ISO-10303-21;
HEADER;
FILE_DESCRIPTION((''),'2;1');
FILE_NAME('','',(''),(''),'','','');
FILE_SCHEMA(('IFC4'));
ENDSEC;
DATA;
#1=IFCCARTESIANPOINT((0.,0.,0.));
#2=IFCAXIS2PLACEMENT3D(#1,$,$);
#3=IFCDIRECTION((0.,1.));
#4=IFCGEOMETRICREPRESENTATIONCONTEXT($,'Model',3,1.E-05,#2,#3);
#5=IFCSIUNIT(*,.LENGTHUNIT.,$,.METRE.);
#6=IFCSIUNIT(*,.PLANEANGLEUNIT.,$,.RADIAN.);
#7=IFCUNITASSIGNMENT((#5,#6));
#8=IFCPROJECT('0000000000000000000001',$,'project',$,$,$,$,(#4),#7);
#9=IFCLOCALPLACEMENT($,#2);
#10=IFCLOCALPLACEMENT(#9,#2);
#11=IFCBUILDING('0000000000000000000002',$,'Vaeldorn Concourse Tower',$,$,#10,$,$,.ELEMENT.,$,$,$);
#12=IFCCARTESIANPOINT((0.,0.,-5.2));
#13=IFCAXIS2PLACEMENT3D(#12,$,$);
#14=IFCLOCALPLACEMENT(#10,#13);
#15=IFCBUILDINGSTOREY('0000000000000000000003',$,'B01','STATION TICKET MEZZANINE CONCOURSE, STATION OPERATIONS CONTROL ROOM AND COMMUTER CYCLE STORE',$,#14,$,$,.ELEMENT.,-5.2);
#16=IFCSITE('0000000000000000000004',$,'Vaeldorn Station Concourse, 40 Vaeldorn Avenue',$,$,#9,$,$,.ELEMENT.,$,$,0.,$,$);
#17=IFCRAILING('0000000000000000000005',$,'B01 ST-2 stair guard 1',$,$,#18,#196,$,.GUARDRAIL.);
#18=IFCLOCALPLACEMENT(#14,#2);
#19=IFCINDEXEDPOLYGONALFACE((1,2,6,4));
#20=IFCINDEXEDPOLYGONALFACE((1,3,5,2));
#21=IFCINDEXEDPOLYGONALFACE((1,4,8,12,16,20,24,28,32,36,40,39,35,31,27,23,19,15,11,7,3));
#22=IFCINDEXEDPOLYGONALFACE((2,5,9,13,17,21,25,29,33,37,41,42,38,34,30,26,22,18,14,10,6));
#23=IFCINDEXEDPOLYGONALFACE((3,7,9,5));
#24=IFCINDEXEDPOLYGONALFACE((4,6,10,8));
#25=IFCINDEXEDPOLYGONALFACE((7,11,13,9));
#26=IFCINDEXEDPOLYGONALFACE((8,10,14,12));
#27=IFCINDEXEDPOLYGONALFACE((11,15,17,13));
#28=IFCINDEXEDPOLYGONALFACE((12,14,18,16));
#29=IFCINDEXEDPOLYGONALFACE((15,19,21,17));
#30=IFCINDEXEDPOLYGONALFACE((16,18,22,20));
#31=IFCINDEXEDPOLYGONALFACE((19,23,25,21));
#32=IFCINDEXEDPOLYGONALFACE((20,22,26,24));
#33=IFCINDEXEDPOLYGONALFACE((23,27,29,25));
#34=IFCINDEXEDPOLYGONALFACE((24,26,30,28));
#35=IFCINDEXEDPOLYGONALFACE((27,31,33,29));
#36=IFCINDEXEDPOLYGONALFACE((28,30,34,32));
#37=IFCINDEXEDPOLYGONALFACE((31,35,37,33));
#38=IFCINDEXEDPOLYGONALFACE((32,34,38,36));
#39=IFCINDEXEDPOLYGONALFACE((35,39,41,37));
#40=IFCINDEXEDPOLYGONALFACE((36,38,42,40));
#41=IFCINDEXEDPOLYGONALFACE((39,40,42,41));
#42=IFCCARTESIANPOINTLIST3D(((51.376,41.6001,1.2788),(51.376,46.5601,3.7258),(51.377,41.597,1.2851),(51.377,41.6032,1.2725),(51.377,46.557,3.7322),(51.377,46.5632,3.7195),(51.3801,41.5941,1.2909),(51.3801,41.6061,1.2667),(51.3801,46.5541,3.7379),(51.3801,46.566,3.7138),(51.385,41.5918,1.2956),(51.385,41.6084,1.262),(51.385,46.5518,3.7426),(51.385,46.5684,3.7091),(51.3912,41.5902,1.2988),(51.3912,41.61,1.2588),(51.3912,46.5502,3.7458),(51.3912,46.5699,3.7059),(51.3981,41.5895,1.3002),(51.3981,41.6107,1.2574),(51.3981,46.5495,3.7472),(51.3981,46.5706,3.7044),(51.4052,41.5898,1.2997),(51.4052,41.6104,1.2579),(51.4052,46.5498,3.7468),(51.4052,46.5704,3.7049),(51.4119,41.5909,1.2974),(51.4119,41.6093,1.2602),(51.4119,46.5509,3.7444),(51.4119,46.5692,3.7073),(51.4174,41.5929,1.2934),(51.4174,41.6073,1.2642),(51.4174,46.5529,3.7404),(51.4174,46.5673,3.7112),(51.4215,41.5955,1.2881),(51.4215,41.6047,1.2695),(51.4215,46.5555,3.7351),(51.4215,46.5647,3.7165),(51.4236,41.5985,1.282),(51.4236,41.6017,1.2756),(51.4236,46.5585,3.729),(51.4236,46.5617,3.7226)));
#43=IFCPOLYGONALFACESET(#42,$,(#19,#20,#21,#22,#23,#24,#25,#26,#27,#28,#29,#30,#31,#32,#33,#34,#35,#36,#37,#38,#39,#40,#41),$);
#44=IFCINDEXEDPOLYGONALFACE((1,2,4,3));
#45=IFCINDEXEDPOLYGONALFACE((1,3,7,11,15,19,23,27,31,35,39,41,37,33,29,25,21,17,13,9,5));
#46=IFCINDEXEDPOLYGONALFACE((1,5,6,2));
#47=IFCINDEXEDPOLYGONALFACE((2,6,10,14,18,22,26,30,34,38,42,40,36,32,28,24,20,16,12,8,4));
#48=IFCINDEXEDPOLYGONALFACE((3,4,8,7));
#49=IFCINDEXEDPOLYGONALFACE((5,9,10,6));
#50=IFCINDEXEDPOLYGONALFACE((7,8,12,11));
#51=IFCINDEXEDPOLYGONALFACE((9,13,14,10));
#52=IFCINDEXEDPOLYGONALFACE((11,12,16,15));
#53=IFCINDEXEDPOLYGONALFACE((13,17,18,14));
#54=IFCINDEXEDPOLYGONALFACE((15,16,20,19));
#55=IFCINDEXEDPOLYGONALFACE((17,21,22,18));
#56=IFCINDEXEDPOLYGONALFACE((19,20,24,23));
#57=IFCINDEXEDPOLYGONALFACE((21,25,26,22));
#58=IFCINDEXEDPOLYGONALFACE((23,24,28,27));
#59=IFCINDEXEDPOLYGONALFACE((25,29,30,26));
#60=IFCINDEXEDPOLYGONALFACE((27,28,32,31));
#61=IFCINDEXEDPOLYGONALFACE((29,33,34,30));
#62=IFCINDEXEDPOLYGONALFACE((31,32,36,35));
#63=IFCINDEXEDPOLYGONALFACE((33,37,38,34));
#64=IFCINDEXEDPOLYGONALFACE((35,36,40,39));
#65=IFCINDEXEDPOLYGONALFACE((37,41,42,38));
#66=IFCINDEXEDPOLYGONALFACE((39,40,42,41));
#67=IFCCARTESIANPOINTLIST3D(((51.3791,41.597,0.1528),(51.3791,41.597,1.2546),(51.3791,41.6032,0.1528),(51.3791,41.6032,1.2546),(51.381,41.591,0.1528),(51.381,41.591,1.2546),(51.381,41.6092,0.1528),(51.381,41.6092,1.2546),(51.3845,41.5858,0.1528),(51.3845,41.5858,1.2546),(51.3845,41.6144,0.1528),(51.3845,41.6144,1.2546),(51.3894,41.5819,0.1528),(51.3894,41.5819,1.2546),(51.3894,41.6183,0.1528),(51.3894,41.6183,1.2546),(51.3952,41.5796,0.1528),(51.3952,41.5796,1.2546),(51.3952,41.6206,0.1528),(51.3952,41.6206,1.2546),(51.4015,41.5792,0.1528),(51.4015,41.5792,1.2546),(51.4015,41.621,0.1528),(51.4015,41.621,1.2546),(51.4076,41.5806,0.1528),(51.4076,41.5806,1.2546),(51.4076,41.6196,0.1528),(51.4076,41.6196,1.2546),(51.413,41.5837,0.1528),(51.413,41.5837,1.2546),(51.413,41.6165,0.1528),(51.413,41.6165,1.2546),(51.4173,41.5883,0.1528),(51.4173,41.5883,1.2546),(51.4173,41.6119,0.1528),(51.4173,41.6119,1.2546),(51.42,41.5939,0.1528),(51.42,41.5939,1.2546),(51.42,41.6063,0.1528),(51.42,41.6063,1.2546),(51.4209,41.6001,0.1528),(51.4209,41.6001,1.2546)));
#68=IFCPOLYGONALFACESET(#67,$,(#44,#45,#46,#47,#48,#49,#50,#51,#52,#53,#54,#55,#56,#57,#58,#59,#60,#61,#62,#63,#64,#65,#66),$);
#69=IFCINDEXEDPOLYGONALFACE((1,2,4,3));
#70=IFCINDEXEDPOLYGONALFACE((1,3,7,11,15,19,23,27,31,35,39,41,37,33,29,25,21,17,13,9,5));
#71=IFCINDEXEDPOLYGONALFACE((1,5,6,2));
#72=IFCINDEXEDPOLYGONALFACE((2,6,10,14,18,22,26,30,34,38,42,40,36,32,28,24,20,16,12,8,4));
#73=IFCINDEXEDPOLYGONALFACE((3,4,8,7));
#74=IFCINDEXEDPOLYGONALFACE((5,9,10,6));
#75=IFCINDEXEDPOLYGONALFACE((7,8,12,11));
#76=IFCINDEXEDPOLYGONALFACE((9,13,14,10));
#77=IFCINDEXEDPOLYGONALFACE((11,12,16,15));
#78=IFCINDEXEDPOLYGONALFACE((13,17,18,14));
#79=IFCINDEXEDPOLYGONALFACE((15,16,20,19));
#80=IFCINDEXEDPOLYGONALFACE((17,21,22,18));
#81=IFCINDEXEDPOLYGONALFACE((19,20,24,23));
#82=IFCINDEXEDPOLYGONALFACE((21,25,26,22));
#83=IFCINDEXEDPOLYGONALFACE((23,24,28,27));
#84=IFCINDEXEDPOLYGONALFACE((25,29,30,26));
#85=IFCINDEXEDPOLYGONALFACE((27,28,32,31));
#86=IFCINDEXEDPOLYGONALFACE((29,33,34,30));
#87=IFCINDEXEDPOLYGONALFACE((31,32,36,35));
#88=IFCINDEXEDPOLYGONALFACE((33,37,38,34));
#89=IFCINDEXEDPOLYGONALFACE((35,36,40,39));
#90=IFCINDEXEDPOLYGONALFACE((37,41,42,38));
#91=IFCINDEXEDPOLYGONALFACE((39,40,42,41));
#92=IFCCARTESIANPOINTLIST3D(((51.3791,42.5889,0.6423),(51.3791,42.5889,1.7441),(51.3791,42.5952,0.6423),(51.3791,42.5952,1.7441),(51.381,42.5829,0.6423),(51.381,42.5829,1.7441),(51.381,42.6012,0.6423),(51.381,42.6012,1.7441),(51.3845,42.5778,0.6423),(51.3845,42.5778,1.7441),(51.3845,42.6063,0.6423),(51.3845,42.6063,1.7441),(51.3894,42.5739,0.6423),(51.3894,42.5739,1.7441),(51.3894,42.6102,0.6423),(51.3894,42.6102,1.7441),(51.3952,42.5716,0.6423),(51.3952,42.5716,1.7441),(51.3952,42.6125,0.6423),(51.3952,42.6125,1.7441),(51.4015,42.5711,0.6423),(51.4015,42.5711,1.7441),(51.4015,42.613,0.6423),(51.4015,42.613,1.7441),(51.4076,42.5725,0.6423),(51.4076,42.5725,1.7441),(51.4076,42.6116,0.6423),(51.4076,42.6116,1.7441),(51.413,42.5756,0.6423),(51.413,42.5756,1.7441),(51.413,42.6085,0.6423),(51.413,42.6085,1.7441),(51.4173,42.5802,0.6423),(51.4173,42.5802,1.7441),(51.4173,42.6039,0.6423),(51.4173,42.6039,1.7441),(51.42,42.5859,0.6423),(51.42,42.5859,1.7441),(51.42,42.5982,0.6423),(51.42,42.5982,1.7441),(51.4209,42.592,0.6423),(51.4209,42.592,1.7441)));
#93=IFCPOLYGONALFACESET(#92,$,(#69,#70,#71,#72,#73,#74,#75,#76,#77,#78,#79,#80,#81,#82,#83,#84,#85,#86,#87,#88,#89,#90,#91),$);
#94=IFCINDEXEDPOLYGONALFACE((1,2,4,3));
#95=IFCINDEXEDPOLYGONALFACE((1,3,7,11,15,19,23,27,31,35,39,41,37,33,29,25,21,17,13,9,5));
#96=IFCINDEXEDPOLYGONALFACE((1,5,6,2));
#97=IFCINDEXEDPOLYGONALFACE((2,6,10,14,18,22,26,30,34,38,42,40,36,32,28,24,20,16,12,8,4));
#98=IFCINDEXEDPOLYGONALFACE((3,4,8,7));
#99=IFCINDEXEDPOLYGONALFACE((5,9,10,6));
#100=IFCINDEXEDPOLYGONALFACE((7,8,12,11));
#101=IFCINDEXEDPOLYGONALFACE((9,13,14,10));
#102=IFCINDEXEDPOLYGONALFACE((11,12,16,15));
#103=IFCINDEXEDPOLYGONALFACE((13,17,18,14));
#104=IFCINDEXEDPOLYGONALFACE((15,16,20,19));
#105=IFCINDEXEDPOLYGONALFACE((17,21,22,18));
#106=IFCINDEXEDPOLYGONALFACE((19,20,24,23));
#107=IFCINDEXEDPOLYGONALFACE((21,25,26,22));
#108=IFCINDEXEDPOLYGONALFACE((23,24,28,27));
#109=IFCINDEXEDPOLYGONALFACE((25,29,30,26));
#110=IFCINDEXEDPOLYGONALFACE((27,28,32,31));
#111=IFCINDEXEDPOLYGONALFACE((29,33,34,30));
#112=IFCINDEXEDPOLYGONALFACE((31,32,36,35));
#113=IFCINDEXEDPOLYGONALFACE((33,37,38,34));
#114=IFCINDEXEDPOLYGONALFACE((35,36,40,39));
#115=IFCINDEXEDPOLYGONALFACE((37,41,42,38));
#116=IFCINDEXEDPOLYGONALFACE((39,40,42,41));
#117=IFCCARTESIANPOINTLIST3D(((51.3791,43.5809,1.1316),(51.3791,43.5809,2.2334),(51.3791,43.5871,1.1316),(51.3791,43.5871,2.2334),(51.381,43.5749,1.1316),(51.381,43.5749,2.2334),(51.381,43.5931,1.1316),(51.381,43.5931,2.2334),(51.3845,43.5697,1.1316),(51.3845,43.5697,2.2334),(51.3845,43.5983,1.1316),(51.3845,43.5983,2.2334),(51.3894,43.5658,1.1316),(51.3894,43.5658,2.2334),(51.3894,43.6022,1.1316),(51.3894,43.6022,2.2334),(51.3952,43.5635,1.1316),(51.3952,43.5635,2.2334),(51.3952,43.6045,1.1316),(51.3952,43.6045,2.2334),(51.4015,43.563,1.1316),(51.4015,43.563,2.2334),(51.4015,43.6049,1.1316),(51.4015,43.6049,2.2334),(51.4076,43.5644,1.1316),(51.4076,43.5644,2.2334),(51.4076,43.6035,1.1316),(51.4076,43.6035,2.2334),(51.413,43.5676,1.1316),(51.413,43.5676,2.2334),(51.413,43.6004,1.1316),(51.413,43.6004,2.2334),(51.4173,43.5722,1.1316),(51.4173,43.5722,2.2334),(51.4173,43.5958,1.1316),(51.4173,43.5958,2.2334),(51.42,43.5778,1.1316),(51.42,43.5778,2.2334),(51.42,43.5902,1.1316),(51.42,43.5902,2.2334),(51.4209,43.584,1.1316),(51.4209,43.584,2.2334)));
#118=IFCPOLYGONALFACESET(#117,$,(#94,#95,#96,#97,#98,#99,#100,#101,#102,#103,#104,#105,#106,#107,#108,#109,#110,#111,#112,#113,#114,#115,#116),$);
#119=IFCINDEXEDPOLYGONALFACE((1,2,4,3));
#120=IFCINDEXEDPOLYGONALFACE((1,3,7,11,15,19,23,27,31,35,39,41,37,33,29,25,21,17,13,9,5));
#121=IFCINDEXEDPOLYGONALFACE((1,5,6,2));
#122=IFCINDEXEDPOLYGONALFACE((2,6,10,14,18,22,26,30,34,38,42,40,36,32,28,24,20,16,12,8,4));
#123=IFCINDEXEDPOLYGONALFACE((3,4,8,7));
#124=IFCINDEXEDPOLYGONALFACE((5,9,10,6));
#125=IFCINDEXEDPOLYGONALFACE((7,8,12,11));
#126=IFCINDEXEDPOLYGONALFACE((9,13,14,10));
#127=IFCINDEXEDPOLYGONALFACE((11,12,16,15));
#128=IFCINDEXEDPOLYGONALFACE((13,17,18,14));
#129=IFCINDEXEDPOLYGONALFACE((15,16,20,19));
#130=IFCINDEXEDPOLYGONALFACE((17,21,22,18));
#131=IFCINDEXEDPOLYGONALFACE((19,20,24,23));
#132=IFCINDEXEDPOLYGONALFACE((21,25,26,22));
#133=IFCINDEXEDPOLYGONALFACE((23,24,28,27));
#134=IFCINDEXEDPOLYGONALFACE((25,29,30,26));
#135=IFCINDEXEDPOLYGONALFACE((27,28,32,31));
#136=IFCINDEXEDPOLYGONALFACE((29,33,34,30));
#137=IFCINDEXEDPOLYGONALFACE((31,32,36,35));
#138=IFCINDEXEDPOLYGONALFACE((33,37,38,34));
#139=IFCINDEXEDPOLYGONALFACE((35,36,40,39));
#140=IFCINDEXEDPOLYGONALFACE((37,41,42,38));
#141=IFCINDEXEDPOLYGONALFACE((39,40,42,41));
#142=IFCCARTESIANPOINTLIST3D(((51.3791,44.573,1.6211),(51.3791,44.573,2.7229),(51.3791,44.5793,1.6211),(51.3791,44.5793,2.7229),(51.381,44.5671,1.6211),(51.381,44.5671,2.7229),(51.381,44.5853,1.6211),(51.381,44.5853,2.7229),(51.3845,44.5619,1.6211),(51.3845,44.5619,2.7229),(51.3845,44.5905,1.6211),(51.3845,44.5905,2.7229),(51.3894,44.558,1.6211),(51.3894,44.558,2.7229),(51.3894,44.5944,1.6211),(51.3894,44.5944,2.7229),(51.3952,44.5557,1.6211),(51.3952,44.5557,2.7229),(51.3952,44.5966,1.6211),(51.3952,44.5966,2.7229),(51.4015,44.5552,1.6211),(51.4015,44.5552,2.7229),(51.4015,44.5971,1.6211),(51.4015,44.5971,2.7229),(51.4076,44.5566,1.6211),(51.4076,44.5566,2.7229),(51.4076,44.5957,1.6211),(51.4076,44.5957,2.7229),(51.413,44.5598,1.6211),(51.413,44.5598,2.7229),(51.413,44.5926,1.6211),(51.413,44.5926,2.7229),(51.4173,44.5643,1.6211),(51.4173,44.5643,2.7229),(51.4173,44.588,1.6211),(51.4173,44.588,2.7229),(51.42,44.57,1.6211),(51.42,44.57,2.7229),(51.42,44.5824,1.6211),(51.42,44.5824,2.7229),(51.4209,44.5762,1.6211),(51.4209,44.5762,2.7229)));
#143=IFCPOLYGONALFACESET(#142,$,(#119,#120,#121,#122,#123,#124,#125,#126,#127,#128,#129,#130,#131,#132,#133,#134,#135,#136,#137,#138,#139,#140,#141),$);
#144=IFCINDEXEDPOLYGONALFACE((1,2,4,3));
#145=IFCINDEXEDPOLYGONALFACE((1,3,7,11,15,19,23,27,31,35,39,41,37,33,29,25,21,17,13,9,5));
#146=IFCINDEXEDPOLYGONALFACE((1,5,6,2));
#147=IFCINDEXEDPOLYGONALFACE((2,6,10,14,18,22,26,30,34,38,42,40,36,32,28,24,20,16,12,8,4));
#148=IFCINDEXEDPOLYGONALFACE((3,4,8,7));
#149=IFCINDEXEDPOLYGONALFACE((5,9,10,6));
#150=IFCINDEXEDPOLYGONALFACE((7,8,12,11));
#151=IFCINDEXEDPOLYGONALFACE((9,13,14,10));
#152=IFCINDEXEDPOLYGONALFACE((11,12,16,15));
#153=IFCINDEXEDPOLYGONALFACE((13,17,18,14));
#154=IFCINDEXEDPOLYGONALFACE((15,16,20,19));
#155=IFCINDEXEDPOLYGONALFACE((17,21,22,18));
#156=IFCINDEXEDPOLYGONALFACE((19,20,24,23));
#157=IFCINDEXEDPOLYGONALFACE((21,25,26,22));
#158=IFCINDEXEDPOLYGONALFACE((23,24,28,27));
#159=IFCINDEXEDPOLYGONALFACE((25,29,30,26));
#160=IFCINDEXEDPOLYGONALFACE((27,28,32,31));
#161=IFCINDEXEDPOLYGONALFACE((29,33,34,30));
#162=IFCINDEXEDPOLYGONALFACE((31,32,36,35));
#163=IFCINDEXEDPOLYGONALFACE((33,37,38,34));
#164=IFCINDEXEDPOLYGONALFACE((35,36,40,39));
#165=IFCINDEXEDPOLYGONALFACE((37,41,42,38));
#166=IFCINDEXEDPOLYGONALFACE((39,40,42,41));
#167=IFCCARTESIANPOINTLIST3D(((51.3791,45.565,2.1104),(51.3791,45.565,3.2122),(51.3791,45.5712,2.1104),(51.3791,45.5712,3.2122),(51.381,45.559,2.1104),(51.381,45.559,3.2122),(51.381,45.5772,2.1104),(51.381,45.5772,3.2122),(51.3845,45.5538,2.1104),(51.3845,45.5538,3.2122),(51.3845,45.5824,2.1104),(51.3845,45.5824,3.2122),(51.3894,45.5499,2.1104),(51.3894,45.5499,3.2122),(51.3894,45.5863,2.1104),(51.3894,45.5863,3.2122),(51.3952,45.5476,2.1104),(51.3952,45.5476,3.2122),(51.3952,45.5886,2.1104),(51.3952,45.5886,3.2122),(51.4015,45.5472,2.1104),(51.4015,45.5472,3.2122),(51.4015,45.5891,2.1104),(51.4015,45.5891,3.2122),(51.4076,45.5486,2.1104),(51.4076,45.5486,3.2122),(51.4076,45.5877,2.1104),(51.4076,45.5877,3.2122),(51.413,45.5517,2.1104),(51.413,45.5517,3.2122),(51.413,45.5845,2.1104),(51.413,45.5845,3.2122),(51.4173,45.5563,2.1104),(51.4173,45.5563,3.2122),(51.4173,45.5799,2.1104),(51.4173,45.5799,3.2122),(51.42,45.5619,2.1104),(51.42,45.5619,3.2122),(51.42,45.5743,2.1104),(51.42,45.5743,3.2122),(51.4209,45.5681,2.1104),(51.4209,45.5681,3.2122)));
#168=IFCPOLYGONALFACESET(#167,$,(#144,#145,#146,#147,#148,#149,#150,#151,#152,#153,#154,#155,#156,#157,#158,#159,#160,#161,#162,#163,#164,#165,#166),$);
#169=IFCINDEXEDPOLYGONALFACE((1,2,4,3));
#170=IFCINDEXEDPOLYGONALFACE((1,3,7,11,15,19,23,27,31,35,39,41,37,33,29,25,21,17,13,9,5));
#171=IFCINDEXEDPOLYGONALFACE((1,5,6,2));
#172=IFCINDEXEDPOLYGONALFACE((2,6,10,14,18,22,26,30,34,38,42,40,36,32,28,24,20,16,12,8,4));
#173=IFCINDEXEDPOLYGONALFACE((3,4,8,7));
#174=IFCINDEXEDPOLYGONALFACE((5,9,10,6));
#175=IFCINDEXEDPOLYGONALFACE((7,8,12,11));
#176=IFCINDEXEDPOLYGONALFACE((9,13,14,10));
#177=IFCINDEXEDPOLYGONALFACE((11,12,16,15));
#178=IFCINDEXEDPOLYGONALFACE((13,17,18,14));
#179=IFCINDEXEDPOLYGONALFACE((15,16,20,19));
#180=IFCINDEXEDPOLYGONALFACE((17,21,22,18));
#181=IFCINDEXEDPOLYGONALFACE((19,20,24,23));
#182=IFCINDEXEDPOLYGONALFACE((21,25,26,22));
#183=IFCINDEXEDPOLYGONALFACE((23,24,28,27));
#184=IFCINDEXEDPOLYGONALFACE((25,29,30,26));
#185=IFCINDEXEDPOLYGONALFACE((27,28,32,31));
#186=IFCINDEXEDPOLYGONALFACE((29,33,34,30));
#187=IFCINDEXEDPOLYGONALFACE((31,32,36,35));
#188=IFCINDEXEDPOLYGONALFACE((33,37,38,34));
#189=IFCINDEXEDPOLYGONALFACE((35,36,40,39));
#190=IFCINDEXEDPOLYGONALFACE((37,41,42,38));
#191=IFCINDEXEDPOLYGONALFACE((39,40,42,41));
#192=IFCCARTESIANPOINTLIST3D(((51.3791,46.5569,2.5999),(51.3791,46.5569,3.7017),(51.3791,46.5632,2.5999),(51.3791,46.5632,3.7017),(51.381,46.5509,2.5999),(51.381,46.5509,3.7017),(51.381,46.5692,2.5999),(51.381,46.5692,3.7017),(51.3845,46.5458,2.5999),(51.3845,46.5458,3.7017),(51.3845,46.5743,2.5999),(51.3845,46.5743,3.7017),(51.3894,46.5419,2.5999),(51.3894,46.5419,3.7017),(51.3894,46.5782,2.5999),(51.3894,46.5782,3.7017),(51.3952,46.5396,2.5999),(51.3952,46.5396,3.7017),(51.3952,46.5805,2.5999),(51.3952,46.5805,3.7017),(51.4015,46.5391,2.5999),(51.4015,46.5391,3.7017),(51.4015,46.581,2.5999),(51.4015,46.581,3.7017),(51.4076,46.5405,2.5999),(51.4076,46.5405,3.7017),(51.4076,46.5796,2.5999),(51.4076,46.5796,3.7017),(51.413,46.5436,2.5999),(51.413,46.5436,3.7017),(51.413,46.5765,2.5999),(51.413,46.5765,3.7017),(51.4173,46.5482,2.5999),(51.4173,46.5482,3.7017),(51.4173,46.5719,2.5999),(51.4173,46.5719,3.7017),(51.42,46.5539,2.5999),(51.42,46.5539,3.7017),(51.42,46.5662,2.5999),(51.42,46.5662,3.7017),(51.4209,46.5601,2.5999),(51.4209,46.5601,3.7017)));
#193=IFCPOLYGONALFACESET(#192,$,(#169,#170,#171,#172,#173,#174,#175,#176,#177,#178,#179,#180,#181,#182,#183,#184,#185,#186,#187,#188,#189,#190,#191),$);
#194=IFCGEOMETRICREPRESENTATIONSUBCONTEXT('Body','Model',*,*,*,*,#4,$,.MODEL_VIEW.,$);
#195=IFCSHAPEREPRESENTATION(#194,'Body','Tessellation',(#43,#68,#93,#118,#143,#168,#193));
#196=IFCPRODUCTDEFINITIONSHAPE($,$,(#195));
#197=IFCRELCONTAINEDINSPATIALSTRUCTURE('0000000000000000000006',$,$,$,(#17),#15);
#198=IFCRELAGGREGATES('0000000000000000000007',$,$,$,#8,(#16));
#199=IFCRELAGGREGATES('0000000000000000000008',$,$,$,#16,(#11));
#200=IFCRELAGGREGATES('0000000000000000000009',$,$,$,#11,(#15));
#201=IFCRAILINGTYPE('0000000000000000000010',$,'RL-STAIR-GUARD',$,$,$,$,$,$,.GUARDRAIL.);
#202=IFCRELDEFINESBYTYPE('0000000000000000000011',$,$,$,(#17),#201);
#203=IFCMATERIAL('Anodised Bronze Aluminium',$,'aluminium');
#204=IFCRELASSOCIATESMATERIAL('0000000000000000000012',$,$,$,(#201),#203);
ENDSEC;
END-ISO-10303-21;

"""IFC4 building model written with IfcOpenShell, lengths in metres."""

from ifc_helpers import new_model, si_unit, direction, frame, origin, origin_2d, place, context, subcontext, project, spatial, circle, extrude, material, type_object, element, save


model = new_model("IFC4")

# Units and contexts
model_context = context("Model", 3, precision=1e-05, world=origin(), true_north=direction((0.0, 1.0)))
body_context = subcontext(model_context, "Body", "Model", "MODEL_VIEW")
ifc_project = project(units=[si_unit("LENGTHUNIT", "METRE"), si_unit("PLANEANGLEUNIT", "RADIAN")], contexts=[model_context])

# Site, building, storey
site_placement = place(None, origin())
site = spatial("IfcSite", under=ifc_project, at=site_placement, Name="Vaeldorn Station Concourse, 40 Vaeldorn Avenue", CompositionType="ELEMENT", RefElevation=0.0)
building_placement = place(site_placement, origin())
building = spatial("IfcBuilding", under=site, at=building_placement, Name="Vaeldorn Concourse Tower", CompositionType="ELEMENT")
storey_placement = place(building_placement, frame((0.0, 0.0, -5.2)))
storey = spatial("IfcBuildingStorey", under=building, at=storey_placement, Name="B01", Description="STATION TICKET MEZZANINE CONCOURSE, STATION OPERATIONS CONTROL ROOM AND COMMUTER CYCLE STORE", CompositionType="ELEMENT", Elevation=-5.2)

# Shared definitions
ifc_material_1 = material(Name="Anodised Bronze Aluminium", Category="aluminium")

# Railing
railing_type_1 = type_object("IfcRailingType", Name="RL-STAIR-GUARD", PredefinedType="GUARDRAIL", material=ifc_material_1)
railing_1_placement = place(storey_placement, frame((51.3999, 41.6001, 0.1528)))
element("IfcRailing", 1, at=railing_1_placement, inside=storey, type_object=railing_type_1, Name="B01 ST-2 stair guard 1", PredefinedType="GUARDRAIL", context=body_context, shape_type="SweptSolid", body=[
    extrude(circle(Radius=0.0239, at=origin_2d()), frame((0.0, 0.0, 1.126), z_axis=(0.0, 0.896798, 0.44244), x_axis=(-1.0, 0.0, 0.0)), (0.0, 0.0, 1.0), 5.5308),
    extrude(circle(Radius=0.021, at=origin_2d()), origin(), (0.0, 0.0, 1.0), 1.1018),
    extrude(circle(Radius=0.021, at=origin_2d()), frame((0.0, 0.9919, 0.4895)), (0.0, 0.0, 1.0), 1.1018),
    extrude(circle(Radius=0.021, at=origin_2d()), frame((0.0, 1.9839, 0.9788)), (0.0, 0.0, 1.0), 1.1018),
    extrude(circle(Radius=0.021, at=origin_2d()), frame((0.0, 2.9761, 1.4683)), (0.0, 0.0, 1.0), 1.1018),
    extrude(circle(Radius=0.021, at=origin_2d()), frame((0.0, 3.968, 1.9575)), (0.0, 0.0, 1.0), 1.1018),
    extrude(circle(Radius=0.021, at=origin_2d()), frame((0.0, 4.96, 2.447)), (0.0, 0.0, 1.0), 1.1018),
])

save(model, "model.ifc")
